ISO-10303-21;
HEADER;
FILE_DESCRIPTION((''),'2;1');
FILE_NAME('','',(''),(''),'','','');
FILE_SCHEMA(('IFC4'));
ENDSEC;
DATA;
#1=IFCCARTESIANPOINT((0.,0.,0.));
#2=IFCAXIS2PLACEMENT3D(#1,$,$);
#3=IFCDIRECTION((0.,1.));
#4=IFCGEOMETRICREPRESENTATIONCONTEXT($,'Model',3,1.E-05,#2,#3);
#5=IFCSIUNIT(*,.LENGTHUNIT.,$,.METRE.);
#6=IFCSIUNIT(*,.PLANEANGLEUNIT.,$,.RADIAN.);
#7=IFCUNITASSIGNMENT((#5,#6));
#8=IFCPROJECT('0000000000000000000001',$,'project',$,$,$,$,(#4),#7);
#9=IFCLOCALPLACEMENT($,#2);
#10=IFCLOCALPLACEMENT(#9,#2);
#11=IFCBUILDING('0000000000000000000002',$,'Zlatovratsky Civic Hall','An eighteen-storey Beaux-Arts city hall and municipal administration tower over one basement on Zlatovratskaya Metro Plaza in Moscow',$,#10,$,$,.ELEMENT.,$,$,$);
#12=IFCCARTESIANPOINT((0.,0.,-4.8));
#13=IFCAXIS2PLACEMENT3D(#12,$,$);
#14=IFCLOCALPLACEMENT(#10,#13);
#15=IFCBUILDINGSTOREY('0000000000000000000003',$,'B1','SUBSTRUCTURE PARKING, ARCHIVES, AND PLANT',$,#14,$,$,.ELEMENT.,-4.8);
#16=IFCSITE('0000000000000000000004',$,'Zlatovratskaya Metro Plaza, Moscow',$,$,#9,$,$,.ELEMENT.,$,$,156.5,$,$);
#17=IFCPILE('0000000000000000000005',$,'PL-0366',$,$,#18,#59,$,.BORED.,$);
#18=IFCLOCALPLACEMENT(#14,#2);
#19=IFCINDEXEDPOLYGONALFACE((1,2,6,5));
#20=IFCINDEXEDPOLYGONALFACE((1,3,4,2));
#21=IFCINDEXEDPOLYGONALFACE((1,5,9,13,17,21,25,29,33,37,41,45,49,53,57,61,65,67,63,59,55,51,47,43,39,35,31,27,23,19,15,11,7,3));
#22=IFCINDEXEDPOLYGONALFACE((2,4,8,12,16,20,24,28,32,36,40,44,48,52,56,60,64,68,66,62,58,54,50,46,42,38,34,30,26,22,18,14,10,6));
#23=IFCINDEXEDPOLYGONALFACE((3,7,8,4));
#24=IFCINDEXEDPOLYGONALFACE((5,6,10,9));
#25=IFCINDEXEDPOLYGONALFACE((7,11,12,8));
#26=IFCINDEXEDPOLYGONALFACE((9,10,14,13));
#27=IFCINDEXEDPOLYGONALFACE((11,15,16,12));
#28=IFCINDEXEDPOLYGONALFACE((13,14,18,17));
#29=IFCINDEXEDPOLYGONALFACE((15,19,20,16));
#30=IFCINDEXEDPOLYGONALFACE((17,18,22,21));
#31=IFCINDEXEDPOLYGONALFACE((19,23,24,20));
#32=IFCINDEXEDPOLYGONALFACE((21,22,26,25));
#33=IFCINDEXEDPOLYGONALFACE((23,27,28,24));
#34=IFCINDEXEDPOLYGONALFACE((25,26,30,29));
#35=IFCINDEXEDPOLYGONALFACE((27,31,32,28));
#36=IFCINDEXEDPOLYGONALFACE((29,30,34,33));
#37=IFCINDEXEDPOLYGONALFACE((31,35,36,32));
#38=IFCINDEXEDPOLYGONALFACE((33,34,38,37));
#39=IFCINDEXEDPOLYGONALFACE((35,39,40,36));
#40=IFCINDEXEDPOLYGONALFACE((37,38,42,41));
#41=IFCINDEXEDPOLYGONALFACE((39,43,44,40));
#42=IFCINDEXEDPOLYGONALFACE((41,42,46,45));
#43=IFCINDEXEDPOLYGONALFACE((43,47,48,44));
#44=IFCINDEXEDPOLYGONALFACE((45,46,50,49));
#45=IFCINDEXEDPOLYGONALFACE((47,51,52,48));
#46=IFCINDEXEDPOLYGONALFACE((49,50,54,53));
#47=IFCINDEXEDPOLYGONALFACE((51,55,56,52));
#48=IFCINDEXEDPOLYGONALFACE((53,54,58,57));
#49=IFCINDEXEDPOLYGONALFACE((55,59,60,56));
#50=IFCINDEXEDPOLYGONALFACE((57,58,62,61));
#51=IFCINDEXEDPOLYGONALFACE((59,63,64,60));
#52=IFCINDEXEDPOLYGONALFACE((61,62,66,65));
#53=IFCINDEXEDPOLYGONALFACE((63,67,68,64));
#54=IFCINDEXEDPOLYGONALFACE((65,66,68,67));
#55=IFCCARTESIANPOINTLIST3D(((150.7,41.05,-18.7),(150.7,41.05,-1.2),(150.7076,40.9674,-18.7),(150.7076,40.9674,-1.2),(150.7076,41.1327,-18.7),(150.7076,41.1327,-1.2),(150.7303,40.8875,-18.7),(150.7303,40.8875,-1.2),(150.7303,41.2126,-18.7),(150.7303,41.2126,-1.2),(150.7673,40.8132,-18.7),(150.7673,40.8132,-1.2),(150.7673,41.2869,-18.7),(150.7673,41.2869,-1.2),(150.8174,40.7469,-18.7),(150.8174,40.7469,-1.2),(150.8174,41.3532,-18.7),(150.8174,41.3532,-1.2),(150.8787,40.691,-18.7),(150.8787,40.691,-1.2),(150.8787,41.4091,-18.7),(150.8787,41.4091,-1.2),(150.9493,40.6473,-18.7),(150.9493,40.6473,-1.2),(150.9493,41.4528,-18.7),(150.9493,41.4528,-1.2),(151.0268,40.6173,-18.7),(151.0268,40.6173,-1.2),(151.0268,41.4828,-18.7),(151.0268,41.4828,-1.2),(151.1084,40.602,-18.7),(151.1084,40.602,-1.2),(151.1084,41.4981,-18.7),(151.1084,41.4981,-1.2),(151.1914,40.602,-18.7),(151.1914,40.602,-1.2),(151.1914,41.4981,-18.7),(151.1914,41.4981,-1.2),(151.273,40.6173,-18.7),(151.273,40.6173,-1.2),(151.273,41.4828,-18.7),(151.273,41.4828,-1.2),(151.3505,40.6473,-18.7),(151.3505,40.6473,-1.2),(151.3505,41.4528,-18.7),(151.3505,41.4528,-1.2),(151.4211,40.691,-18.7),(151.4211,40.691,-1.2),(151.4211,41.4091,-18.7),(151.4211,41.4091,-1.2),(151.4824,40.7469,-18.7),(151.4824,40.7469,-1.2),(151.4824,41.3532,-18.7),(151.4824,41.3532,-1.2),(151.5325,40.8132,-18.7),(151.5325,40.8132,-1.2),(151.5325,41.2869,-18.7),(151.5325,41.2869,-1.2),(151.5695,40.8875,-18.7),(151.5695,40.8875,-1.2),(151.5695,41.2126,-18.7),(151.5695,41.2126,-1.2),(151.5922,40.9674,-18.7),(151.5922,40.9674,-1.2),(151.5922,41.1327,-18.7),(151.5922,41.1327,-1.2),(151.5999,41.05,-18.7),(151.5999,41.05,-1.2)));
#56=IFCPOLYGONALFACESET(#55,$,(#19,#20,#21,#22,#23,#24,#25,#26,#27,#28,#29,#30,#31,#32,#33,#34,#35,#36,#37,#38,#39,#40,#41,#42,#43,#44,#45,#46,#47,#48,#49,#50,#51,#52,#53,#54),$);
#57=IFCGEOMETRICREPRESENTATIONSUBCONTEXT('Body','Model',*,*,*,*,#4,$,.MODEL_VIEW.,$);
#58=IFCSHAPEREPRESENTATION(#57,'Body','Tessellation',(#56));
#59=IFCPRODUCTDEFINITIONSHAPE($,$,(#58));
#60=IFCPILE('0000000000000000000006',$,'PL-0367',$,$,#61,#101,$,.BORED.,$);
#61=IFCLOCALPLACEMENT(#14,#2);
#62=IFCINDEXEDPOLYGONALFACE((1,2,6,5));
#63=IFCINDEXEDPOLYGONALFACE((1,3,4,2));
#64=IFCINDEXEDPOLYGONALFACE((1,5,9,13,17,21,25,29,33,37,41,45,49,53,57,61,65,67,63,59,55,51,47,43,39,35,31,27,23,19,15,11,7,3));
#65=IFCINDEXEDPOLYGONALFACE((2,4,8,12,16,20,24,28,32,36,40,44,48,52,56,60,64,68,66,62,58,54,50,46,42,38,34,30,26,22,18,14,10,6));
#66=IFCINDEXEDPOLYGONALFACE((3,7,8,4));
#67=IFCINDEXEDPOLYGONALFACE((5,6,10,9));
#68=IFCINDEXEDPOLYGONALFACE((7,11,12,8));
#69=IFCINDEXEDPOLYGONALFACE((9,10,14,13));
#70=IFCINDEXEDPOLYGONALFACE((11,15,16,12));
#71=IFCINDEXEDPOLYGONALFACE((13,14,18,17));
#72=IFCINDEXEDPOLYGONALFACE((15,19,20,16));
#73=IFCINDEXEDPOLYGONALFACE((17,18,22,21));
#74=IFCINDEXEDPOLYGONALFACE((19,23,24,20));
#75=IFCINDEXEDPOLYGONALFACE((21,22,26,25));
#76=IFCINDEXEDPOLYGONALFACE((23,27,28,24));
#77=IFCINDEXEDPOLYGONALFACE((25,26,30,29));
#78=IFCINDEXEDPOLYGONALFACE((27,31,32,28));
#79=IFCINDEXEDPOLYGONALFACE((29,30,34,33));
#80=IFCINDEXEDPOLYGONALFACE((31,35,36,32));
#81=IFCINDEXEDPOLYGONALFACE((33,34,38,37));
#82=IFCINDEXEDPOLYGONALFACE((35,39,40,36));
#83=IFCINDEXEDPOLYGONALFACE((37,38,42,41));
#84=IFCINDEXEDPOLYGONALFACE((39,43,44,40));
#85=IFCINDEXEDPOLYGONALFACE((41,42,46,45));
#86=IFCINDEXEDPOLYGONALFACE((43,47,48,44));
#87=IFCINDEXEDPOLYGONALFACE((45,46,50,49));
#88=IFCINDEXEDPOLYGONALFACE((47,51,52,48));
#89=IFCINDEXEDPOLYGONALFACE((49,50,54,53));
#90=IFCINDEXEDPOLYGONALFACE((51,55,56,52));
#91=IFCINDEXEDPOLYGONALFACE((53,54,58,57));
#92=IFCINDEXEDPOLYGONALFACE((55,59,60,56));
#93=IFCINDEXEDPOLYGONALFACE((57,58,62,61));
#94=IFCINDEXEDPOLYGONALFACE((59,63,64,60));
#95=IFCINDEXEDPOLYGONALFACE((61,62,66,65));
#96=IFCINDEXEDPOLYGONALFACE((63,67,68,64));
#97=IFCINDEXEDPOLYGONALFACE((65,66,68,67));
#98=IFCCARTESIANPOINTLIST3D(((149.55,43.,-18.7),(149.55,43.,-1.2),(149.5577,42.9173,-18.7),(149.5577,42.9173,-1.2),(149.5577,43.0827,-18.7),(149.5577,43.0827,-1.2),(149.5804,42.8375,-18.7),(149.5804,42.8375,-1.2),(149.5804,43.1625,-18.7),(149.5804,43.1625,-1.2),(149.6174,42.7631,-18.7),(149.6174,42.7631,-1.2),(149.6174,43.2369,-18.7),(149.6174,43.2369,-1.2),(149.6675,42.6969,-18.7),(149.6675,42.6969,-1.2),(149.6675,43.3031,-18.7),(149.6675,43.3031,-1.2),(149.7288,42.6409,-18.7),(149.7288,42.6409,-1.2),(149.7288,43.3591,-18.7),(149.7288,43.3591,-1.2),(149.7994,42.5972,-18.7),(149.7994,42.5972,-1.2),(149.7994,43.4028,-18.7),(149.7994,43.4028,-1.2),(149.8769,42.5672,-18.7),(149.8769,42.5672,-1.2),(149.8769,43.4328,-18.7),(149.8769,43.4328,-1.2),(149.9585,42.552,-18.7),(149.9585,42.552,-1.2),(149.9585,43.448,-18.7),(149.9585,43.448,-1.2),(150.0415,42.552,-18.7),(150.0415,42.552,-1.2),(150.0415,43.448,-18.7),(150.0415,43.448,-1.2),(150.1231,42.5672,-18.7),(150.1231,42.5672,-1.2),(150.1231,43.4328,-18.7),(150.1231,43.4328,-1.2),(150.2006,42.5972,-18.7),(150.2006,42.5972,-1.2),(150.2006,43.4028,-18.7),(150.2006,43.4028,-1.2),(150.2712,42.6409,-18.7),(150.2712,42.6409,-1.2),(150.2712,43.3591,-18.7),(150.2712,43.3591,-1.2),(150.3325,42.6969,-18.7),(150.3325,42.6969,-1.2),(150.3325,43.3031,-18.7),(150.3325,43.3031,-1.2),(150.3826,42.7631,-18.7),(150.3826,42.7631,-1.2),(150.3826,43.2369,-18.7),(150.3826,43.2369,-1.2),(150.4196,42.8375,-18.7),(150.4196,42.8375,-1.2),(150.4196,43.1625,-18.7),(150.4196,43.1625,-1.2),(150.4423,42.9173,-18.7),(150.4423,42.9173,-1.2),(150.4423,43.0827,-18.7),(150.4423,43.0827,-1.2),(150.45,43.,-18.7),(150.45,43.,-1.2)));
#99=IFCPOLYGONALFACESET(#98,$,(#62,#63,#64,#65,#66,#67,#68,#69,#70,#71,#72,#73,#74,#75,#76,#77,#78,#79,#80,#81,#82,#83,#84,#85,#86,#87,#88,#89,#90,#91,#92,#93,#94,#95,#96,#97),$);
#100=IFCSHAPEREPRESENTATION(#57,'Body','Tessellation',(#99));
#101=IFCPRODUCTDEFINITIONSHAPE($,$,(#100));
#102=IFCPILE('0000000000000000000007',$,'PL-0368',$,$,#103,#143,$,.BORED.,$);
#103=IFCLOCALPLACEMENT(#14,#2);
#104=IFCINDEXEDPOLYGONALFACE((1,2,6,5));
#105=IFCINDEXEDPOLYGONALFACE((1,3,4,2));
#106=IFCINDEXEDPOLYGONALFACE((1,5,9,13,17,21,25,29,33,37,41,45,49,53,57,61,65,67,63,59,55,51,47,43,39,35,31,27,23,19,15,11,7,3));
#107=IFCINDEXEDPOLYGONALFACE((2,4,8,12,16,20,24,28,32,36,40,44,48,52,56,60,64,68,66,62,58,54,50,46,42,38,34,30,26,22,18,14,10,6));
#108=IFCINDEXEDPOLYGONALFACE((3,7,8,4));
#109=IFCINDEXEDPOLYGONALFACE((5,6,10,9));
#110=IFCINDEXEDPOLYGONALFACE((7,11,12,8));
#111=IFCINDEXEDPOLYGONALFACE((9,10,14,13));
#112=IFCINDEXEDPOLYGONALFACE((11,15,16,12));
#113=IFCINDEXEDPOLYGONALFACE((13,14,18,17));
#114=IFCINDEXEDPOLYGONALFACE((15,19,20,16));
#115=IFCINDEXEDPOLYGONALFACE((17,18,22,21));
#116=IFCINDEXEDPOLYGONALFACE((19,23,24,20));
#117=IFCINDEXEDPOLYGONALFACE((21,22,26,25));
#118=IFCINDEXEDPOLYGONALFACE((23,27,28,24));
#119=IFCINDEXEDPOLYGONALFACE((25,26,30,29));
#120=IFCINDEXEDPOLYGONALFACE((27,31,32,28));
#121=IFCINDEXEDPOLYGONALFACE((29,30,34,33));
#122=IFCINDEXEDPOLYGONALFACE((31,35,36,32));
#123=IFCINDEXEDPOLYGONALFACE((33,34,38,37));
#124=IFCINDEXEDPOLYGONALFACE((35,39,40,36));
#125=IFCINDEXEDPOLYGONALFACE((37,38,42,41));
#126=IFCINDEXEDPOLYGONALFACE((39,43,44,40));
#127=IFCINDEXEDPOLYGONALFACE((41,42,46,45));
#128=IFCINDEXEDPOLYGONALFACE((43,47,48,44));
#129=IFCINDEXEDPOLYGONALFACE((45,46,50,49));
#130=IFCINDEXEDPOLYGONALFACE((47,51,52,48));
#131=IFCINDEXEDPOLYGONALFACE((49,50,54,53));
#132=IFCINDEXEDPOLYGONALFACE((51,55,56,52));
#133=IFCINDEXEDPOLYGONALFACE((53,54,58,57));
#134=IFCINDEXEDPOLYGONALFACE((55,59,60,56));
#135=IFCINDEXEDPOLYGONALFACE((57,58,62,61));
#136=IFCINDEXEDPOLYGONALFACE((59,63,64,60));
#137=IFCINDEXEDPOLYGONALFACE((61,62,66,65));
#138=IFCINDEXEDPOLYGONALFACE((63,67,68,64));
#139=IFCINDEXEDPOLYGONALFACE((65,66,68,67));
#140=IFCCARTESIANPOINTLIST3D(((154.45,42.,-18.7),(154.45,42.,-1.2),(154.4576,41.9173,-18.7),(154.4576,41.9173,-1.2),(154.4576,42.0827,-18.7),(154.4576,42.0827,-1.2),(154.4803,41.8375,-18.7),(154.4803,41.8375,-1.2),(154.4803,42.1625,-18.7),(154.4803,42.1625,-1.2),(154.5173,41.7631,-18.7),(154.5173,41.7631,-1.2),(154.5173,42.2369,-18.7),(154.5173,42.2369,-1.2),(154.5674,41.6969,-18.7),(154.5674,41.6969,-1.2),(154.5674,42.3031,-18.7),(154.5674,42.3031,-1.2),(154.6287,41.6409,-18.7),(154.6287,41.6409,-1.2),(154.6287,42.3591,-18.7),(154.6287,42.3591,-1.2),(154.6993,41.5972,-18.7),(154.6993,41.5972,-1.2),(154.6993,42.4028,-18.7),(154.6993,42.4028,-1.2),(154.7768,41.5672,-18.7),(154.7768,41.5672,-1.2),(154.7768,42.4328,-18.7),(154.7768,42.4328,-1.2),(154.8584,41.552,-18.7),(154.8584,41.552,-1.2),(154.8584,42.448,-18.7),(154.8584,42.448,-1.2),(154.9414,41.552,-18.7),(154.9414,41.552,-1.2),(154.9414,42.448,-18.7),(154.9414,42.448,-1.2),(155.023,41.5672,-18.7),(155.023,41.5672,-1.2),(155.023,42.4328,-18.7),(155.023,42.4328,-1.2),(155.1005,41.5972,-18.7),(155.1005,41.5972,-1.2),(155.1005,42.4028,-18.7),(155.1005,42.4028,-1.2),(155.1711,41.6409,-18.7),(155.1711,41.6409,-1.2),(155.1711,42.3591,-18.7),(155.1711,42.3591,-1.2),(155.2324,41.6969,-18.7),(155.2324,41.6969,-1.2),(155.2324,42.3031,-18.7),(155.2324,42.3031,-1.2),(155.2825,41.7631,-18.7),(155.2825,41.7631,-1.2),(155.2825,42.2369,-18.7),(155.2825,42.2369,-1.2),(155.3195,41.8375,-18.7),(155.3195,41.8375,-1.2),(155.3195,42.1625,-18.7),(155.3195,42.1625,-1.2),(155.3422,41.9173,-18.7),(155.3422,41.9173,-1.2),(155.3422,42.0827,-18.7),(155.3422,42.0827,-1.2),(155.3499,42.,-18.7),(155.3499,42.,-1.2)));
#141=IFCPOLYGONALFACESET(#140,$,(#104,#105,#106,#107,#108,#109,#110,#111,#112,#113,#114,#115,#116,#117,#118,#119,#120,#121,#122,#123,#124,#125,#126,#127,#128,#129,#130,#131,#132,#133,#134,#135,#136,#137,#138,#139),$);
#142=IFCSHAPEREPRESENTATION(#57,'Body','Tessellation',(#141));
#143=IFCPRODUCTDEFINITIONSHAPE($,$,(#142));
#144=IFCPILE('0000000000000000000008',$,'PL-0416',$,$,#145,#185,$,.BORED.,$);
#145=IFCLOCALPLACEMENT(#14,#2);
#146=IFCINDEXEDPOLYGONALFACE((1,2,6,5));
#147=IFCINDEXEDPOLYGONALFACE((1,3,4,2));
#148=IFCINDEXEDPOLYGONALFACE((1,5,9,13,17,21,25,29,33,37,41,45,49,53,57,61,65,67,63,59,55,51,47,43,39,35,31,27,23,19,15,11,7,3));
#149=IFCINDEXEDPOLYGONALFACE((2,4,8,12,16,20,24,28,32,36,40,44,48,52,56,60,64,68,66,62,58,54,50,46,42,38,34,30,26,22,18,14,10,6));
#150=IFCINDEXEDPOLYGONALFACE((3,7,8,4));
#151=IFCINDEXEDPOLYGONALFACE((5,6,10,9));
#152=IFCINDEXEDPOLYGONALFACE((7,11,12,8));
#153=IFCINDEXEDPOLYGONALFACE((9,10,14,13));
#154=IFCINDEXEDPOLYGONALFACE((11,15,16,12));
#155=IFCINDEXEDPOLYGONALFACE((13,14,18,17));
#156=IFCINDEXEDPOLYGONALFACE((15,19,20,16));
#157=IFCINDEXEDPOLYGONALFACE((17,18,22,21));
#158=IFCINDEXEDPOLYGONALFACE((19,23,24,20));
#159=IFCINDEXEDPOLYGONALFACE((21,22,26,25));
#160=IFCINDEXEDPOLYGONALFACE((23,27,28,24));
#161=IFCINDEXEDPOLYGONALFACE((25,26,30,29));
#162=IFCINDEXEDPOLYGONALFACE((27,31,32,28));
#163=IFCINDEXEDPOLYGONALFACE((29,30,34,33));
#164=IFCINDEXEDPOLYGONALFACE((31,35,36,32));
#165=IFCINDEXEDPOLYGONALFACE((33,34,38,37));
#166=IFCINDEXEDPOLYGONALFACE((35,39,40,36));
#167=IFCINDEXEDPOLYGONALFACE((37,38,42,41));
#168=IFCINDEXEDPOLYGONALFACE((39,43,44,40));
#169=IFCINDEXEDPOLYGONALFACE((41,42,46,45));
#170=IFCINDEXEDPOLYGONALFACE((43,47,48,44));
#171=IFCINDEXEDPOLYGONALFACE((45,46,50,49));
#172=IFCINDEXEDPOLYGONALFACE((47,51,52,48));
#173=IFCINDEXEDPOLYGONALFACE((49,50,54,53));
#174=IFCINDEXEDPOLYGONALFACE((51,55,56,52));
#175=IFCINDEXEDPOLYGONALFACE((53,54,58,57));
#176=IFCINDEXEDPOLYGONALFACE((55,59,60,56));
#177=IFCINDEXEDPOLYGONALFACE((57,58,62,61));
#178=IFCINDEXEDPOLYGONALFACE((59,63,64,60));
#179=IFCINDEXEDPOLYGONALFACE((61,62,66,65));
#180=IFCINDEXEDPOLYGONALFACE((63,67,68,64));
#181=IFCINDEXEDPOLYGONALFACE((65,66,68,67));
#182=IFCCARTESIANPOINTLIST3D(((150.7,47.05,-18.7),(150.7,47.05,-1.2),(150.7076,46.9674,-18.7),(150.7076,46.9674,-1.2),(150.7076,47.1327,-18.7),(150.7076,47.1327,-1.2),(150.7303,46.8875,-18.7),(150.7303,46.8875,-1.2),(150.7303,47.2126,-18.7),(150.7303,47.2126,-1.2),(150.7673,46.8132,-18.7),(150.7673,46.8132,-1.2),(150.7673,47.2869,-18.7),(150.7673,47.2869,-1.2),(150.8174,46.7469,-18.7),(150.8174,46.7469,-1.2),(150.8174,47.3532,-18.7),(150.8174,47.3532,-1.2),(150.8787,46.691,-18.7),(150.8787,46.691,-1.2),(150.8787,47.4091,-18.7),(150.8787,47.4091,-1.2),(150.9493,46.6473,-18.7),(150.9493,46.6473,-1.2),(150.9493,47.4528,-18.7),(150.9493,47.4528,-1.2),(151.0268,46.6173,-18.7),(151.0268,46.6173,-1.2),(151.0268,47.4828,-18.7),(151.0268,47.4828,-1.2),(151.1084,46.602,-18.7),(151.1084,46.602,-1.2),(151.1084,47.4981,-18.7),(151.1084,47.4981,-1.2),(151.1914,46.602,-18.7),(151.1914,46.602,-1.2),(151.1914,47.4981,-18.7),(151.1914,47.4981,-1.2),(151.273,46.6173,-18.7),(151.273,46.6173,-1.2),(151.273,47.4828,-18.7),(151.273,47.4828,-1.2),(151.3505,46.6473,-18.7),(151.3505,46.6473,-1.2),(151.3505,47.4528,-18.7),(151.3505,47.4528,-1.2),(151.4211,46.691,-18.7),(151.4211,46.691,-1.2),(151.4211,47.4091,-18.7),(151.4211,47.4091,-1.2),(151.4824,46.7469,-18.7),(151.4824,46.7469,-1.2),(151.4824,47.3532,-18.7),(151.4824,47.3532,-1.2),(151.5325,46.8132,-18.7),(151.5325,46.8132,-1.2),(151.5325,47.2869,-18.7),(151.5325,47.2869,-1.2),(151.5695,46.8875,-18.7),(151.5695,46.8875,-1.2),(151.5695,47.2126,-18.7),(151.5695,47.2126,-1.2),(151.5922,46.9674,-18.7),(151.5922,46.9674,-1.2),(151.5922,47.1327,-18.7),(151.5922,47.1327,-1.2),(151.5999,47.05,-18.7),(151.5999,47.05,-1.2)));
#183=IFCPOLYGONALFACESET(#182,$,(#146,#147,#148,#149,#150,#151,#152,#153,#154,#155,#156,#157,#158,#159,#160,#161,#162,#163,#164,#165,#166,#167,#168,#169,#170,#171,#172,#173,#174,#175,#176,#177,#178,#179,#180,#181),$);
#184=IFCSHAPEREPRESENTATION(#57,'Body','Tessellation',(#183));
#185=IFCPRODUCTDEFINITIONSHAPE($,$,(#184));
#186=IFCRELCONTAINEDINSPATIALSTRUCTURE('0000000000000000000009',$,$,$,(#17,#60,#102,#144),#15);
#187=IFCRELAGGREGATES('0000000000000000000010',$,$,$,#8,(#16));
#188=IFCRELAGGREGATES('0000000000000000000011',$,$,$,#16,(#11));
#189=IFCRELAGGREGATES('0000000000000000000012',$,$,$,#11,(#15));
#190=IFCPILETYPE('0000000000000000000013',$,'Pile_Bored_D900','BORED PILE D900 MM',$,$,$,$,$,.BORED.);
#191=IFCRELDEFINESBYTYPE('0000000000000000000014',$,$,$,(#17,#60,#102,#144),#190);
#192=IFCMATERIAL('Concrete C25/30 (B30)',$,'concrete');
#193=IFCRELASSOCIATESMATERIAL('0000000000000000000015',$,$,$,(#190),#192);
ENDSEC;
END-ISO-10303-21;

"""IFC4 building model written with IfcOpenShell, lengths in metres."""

from ifc_helpers import new_model, si_unit, direction, frame, origin, origin_2d, place, context, subcontext, project, spatial, circle, extrude, material, material_profile, profile_set, type_object, element, save


model = new_model("IFC4")

# Units and contexts
model_context = context("Model", 3, precision=1e-05, world=origin(), true_north=direction((0.0, 1.0)))
body_context = subcontext(model_context, "Body", "Model", "MODEL_VIEW")
ifc_project = project(units=[si_unit("LENGTHUNIT", "METRE"), si_unit("PLANEANGLEUNIT", "RADIAN")], contexts=[model_context])

# Site, building, storey
site_placement = place(None, origin())
site = spatial("IfcSite", under=ifc_project, at=site_placement, Name="Zlatovratskaya Metro Plaza, Moscow", CompositionType="ELEMENT", RefElevation=156.5)
building_placement = place(site_placement, origin())
building = spatial("IfcBuilding", under=site, at=building_placement, Name="Zlatovratsky Civic Hall", Description="An eighteen-storey Beaux-Arts city hall and municipal administration tower over one basement on Zlatovratskaya Metro Plaza in Moscow", CompositionType="ELEMENT")
storey_placement = place(building_placement, frame((0.0, 0.0, -4.8)))
storey = spatial("IfcBuildingStorey", under=building, at=storey_placement, Name="B1", Description="SUBSTRUCTURE PARKING, ARCHIVES, AND PLANT", CompositionType="ELEMENT", Elevation=-4.8)

# Shared definitions
ifc_material_1 = material(Name="Concrete C25/30 (B30)", Category="concrete")

# Piles
ifc_material_profile_1 = material_profile(ifc_material_1, circle(Radius=0.45, at=origin_2d()), Name="PILE D900")
ifc_profile_set_1 = profile_set([ifc_material_profile_1], Name="Concrete C25/30 (B30)")
pile_type_1 = type_object("IfcPileType", Name="Pile_Bored_D900", Description="BORED PILE D900 MM", PredefinedType="BORED", material=ifc_profile_set_1)
for number, where, z_axis, x_axis, name in (
    (1, (151.1499, 41.05, -1.2), (0.0, 0.0, -1.0), (1.0, 0.0, 0.0), "PL-0366"),
    (2, (150.0, 43.0, -1.2), (0.0, 0.0, -1.0), (1.0, 0.0, 0.0), "PL-0367"),
    (3, (154.8999, 42.0, -1.2), (0.0, 0.0, -1.0), (1.0, 0.0, 0.0), "PL-0368"),
    (4, (151.1499, 47.05, -1.2), (0.0, 0.0, -1.0), (1.0, 0.0, 0.0), "PL-0416"),
):
    element("IfcPile", number, at=place(storey_placement, frame(where, z_axis=z_axis, x_axis=x_axis)), inside=storey, type_object=pile_type_1, Name=name, PredefinedType="BORED", context=body_context, shape_type="SweptSolid", body=[
        extrude(circle(Radius=0.45, at=origin_2d()), origin(), (0.0, 0.0, 1.0), 17.5),
    ])

save(model, "model.ifc")
